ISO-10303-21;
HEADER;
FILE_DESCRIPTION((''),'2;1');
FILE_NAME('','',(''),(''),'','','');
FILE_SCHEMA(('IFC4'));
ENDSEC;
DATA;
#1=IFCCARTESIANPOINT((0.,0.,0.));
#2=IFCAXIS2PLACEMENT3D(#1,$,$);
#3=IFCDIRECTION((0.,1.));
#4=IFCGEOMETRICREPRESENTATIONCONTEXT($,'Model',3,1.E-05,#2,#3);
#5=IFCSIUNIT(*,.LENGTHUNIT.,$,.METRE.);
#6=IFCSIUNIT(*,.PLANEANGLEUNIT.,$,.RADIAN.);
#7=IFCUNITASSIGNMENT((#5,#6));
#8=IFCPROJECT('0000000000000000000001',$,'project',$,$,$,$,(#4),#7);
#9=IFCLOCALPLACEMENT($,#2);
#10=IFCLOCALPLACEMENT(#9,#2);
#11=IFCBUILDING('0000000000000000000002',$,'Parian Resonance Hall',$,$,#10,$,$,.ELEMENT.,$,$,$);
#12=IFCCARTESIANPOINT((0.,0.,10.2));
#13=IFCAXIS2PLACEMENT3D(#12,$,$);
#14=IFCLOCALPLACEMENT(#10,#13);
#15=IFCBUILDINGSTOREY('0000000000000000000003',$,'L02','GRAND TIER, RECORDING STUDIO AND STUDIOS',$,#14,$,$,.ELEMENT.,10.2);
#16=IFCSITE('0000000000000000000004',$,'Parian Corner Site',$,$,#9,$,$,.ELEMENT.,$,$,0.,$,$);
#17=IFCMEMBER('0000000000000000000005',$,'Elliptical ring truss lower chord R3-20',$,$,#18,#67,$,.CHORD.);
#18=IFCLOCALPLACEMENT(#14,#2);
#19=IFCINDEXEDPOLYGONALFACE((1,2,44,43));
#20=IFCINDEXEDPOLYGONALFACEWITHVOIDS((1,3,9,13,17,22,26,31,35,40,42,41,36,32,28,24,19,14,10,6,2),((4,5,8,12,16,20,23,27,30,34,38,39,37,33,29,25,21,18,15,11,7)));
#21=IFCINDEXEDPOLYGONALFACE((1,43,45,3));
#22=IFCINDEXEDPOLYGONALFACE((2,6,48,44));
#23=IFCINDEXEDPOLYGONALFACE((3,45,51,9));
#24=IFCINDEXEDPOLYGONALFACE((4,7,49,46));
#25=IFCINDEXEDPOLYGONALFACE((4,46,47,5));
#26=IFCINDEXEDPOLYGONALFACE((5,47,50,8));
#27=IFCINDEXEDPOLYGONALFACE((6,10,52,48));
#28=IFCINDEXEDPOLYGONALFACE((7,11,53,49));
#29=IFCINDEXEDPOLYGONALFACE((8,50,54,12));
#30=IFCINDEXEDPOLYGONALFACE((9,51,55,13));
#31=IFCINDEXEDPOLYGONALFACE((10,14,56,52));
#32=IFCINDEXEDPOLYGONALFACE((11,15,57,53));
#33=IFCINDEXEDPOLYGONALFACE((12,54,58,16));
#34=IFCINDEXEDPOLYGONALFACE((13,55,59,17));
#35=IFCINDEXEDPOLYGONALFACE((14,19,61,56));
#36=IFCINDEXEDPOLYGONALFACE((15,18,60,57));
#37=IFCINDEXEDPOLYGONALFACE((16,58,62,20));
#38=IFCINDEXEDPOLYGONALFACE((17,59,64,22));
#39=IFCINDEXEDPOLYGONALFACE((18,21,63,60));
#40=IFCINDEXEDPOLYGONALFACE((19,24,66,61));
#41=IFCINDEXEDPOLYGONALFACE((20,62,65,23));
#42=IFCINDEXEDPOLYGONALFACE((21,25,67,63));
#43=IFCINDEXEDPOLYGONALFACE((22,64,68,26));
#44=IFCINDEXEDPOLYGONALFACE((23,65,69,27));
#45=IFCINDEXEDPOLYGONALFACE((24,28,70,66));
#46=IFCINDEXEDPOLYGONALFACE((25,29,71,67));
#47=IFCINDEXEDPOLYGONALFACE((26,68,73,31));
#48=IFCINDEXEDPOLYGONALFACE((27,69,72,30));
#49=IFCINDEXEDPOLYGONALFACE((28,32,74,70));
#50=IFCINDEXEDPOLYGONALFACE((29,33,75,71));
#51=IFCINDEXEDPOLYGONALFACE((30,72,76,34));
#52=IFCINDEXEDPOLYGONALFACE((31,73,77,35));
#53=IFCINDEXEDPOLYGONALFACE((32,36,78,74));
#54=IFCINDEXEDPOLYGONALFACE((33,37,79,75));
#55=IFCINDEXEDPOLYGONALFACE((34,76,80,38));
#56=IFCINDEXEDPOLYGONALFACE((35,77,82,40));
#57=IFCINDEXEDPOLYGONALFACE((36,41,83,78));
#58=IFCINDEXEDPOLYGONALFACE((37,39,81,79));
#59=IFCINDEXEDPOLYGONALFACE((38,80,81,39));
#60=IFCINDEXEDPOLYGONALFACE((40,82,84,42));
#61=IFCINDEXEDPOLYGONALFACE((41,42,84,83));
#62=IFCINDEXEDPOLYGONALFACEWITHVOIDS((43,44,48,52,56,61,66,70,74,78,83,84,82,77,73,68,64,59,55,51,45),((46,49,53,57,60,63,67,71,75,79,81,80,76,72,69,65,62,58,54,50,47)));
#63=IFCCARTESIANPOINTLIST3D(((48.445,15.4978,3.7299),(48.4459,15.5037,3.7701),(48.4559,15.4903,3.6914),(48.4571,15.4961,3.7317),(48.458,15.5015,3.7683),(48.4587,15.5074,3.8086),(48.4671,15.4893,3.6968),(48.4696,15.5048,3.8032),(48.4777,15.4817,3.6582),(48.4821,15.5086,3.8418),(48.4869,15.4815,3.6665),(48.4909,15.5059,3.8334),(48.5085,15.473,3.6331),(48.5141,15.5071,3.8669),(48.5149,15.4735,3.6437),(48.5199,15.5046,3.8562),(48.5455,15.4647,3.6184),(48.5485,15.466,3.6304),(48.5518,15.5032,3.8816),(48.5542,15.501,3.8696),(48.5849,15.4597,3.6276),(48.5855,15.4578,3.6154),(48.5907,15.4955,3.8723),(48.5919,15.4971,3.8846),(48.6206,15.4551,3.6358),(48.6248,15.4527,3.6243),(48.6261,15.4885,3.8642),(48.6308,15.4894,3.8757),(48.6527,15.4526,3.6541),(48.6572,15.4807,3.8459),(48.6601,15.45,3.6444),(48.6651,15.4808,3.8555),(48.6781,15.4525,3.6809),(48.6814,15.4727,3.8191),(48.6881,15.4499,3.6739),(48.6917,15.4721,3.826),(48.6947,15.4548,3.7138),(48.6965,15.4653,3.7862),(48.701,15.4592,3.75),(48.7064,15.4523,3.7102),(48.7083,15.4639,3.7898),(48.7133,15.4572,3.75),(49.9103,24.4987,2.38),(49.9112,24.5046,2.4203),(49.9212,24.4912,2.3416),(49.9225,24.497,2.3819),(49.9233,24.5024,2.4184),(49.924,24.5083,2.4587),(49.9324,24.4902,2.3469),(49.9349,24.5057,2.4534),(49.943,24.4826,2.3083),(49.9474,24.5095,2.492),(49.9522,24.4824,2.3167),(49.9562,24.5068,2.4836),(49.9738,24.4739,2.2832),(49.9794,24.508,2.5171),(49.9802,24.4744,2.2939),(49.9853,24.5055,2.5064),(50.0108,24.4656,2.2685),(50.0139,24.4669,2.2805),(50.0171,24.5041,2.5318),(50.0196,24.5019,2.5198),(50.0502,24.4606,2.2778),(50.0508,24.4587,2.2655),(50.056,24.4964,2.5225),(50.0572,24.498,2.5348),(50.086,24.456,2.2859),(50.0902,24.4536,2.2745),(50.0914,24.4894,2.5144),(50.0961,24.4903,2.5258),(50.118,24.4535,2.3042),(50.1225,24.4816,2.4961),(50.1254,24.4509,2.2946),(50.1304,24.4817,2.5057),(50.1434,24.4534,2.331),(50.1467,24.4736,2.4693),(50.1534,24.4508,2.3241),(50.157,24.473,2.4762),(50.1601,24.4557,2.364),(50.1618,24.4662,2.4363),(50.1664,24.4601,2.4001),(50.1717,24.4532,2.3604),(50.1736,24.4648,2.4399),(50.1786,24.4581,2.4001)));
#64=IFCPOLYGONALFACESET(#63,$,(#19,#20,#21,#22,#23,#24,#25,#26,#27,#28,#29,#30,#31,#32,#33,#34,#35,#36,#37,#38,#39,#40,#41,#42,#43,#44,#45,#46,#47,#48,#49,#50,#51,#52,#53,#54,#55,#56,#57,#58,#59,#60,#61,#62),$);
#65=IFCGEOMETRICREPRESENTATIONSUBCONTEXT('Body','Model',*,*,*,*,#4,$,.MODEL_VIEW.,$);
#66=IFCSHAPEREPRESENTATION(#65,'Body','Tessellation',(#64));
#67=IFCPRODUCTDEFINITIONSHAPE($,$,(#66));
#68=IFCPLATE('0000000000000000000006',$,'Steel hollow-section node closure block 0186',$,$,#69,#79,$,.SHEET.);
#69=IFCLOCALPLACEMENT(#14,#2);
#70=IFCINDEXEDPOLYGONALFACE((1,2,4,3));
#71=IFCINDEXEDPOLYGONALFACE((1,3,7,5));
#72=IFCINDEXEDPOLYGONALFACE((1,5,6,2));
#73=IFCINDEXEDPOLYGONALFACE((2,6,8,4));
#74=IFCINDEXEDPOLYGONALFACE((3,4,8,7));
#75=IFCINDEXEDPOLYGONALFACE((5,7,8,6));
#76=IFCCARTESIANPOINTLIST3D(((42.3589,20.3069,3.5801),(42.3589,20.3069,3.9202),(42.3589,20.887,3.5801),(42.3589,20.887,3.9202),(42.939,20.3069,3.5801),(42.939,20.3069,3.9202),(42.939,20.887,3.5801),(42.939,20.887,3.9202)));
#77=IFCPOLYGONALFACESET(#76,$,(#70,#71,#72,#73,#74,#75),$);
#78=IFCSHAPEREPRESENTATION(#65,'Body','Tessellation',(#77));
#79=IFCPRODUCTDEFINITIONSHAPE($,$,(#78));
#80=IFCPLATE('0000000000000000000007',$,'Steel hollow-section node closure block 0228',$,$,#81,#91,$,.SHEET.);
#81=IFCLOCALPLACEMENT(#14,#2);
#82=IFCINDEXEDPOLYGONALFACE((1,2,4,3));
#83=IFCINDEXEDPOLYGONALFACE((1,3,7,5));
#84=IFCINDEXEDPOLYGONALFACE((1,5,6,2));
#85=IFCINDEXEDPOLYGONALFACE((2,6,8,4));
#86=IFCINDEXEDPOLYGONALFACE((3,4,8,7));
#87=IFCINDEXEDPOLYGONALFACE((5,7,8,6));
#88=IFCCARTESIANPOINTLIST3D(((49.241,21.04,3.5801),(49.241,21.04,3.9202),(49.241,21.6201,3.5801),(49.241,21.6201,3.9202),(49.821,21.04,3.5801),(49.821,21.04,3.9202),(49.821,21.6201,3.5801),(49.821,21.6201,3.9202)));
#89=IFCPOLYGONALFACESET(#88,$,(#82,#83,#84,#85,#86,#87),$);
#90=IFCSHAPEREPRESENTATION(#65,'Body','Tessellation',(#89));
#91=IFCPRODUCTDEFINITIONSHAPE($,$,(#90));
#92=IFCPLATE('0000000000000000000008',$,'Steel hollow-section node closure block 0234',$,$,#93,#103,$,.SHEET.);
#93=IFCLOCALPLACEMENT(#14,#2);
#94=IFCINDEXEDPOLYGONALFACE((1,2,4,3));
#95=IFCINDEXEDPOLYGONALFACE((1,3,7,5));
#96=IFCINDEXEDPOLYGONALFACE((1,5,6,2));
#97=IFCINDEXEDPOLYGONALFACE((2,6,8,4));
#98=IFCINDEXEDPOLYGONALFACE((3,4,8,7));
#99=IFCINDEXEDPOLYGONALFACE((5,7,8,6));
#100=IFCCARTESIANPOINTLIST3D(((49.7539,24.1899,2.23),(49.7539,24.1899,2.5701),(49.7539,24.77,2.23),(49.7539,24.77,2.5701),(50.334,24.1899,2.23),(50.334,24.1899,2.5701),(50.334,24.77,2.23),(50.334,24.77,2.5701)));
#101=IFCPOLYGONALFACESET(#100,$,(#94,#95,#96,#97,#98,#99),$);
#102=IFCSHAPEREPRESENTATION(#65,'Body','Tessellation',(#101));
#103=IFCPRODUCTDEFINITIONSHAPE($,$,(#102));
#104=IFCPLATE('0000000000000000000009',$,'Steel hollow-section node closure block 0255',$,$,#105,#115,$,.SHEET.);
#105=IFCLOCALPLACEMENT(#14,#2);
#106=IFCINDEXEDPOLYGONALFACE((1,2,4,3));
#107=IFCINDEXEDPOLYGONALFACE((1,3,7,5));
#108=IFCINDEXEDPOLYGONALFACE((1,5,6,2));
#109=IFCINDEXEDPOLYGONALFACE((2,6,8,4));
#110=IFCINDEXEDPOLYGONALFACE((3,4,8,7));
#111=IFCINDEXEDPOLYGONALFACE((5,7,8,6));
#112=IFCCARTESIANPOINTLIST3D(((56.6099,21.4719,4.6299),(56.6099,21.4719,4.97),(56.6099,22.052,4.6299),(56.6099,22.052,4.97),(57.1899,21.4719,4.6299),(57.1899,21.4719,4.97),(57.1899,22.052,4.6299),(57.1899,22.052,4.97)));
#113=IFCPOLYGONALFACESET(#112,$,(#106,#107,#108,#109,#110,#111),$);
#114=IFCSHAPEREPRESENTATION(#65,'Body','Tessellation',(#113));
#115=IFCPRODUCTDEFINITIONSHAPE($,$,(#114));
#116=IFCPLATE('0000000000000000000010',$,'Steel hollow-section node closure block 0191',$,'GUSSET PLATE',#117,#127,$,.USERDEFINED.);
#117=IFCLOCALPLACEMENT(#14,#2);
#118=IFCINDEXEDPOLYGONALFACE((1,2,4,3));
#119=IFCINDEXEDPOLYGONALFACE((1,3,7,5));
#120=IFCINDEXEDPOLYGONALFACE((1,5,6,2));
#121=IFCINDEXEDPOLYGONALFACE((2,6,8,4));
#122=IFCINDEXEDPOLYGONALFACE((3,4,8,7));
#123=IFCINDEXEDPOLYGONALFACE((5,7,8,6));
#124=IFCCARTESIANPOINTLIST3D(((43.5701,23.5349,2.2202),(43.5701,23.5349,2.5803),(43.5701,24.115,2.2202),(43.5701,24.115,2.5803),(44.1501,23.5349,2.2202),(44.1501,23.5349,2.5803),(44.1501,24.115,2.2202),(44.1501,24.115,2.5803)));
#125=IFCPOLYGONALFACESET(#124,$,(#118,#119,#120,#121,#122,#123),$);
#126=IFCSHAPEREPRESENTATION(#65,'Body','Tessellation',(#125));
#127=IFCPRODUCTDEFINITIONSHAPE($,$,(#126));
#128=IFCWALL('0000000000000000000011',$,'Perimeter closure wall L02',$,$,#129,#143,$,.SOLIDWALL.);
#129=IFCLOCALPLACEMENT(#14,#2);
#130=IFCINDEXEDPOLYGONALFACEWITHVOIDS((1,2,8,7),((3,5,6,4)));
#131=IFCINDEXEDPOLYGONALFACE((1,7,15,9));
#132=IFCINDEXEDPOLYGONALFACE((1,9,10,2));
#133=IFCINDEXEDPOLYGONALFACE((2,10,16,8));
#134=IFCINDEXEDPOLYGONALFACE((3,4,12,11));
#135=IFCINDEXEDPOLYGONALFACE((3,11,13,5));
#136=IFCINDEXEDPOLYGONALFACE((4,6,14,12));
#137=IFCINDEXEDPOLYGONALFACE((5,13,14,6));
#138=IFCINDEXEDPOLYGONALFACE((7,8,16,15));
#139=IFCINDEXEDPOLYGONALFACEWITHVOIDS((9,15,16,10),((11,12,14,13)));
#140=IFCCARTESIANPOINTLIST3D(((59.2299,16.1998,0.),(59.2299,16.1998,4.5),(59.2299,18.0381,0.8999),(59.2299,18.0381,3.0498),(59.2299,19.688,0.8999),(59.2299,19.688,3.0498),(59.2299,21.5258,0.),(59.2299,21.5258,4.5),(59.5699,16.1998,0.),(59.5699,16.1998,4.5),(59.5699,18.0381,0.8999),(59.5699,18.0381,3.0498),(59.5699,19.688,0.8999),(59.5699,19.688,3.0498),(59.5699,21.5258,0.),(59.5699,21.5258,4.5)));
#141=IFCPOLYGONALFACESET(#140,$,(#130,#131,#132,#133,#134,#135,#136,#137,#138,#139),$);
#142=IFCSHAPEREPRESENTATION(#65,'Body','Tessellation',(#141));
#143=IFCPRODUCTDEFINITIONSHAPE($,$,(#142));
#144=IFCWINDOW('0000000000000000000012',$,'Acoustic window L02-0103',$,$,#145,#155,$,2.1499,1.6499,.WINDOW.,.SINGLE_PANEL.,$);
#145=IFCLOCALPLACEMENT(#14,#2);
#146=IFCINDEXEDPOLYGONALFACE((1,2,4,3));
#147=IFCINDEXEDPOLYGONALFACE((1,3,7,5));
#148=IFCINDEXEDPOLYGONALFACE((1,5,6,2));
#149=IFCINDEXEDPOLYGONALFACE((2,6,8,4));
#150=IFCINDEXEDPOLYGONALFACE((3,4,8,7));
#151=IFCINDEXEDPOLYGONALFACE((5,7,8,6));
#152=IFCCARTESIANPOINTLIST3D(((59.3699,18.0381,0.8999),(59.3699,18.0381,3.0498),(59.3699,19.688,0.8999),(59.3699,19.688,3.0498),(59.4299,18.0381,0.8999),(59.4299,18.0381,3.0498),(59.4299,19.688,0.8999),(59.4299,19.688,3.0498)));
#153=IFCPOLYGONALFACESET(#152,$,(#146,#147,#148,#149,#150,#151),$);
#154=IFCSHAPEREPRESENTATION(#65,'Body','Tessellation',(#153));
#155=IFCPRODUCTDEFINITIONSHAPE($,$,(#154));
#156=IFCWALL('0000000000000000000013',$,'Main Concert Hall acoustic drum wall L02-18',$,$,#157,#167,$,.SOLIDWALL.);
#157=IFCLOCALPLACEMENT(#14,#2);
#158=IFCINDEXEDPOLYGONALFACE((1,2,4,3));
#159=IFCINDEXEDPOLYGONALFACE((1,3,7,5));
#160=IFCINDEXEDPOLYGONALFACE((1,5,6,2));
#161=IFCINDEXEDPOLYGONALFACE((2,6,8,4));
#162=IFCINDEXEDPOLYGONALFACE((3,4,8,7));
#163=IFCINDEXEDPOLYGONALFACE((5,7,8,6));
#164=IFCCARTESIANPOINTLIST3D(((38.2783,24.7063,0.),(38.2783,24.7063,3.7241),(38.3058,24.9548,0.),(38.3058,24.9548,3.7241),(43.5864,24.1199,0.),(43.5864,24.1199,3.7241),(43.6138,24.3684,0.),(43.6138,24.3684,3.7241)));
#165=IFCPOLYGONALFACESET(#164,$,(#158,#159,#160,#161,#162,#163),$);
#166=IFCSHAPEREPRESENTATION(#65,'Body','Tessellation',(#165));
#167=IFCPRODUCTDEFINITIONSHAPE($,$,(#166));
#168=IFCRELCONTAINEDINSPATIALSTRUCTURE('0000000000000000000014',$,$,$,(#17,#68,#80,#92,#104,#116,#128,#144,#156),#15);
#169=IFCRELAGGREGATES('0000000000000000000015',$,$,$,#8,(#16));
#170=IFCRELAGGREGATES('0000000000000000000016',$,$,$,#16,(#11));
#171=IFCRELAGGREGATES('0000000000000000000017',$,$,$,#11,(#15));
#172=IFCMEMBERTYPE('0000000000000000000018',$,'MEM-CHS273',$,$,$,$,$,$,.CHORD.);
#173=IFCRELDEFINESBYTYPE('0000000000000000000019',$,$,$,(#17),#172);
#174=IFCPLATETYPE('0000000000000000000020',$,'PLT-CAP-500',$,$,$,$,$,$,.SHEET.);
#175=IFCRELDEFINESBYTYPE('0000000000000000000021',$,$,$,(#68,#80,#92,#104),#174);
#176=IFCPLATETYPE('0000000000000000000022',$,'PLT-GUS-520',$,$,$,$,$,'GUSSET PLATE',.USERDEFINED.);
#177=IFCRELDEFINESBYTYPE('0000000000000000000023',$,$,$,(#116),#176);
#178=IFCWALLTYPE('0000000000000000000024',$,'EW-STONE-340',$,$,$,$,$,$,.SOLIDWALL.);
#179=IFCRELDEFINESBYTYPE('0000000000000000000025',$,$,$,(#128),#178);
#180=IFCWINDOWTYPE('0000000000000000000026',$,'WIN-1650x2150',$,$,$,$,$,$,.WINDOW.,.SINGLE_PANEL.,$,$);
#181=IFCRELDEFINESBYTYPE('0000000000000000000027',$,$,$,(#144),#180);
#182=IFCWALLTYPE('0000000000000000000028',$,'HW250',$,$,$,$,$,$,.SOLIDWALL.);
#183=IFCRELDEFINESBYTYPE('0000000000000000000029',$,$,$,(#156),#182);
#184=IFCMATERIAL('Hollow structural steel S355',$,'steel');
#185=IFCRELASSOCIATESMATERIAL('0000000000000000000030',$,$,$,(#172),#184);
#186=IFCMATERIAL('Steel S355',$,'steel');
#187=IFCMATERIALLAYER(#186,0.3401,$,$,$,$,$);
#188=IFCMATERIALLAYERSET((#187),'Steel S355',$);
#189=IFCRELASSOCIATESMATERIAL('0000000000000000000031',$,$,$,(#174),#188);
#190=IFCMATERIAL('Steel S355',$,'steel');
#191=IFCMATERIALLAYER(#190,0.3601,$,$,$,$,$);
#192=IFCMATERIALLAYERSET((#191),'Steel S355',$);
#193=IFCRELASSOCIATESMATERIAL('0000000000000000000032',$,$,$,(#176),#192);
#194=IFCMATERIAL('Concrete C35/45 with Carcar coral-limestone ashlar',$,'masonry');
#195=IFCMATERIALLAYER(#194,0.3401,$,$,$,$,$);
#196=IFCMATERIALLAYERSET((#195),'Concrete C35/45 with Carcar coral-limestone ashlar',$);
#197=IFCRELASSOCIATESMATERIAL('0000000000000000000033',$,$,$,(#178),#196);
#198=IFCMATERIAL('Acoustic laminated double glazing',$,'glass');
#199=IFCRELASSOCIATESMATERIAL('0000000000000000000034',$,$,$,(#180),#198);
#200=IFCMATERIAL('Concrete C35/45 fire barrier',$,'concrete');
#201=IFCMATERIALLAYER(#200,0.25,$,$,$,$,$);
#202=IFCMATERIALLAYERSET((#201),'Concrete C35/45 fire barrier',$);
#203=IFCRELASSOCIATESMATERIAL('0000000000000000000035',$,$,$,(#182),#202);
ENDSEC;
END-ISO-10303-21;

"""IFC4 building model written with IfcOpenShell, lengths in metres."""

from ifc_helpers import new_model, si_unit, direction, frame, frame_2d, origin, origin_2d, place, context, subcontext, project, spatial, rectangle, hollow_circle, extrude, material, layer, layer_set, material_profile, profile_set, type_object, element, fill, save


model = new_model("IFC4")

# Units and contexts
model_context = context("Model", 3, precision=1e-05, world=origin(), true_north=direction((0.0, 1.0)))
body_context = subcontext(model_context, "Body", "Model", "MODEL_VIEW")
ifc_project = project(units=[si_unit("LENGTHUNIT", "METRE"), si_unit("PLANEANGLEUNIT", "RADIAN")], contexts=[model_context])

# Site, building, storey
site_placement = place(None, origin())
site = spatial("IfcSite", under=ifc_project, at=site_placement, Name="Parian Corner Site", CompositionType="ELEMENT", RefElevation=0.0)
building_placement = place(site_placement, origin())
building = spatial("IfcBuilding", under=site, at=building_placement, Name="Parian Resonance Hall", CompositionType="ELEMENT")
storey_placement = place(building_placement, frame((0.0, 0.0, 10.2)))
storey = spatial("IfcBuildingStorey", under=building, at=storey_placement, Name="L02", Description="GRAND TIER, RECORDING STUDIO AND STUDIOS", CompositionType="ELEMENT", Elevation=10.2)

# Member
ifc_material_1 = material(Name="Hollow structural steel S355", Category="steel")
ifc_material_profile_1 = material_profile(ifc_material_1, hollow_circle(Radius=0.1365, WallThickness=0.0125, at=origin_2d()), Name="CHS273x12.5")
ifc_profile_set_1 = profile_set([ifc_material_profile_1], Name="Hollow structural steel S355")
member_type_1 = type_object("IfcMemberType", Name="MEM-CHS273", PredefinedType="CHORD", material=ifc_profile_set_1)
member_1_placement = place(storey_placement, frame((50.0439, 24.48, 2.4001), z_axis=(-0.15895, -0.976368, 0.146423), x_axis=(0.987006, -0.160682, 0.0)))
element("IfcMember", 1, at=member_1_placement, inside=storey, type_object=member_type_1, Name="Elliptical ring truss lower chord R3-20", PredefinedType="CHORD", context=body_context, shape_type="SweptSolid", body=[
    extrude(hollow_circle(Radius=0.1365, WallThickness=0.0125, at=origin_2d()), origin(), (0.0, 0.0, 1.0), 9.2188),
])

# Plates
ifc_material_2 = material(Name="Steel S355", Category="steel")
ifc_layer_1 = layer(ifc_material_2, 0.3401)
ifc_layer_set_1 = layer_set([ifc_layer_1], Name="Steel S355")
plate_type_1 = type_object("IfcPlateType", Name="PLT-CAP-500", PredefinedType="SHEET", material=ifc_layer_set_1)
for number, where, z_axis, x_axis, name in (
    (2, (42.6489, 20.5969, 3.5801), (0.0, 0.0, 1.0), (1.0, 0.0, 0.0), "Steel hollow-section node closure block 0186"),
    (3, (49.531, 21.3301, 3.5801), (0.0, 0.0, 1.0), (1.0, 0.0, 0.0), "Steel hollow-section node closure block 0228"),
    (4, (50.0439, 24.48, 2.23), (0.0, 0.0, 1.0), (1.0, 0.0, 0.0), "Steel hollow-section node closure block 0234"),
    (5, (56.8999, 21.762, 4.6299), (0.0, 0.0, 1.0), (1.0, 0.0, 0.0), "Steel hollow-section node closure block 0255"),
):
    element("IfcPlate", number, at=place(storey_placement, frame(where, z_axis=z_axis, x_axis=x_axis)), inside=storey, type_object=plate_type_1, Name=name, PredefinedType="SHEET", context=body_context, shape_type="SweptSolid", body=[
        extrude(rectangle(XDim=0.5801, YDim=0.5801, at=origin_2d()), origin(), (0.0, 0.0, 1.0), 0.3401),
    ])
ifc_material_3 = material(Name="Steel S355", Category="steel")
ifc_layer_2 = layer(ifc_material_3, 0.3601)
ifc_layer_set_2 = layer_set([ifc_layer_2], Name="Steel S355")
plate_type_2 = type_object("IfcPlateType", Name="PLT-GUS-520", ElementType="GUSSET PLATE", PredefinedType="USERDEFINED", material=ifc_layer_set_2)
plate_placement = place(storey_placement, frame((43.8601, 23.825, 2.2202), z_axis=(0.0, 0.0, 1.0), x_axis=(1.0, 0.0, 0.0)))
element("IfcPlate", 6, at=plate_placement, inside=storey, type_object=plate_type_2, Name="Steel hollow-section node closure block 0191", ObjectType="GUSSET PLATE", PredefinedType="USERDEFINED", context=body_context, shape_type="SweptSolid", body=[
    extrude(rectangle(XDim=0.5801, YDim=0.5801, at=origin_2d()), origin(), (0.0, 0.0, 1.0), 0.3601),
])

# Wall, opening, window
ifc_material_4 = material(Name="Concrete C35/45 with Carcar coral-limestone ashlar", Category="masonry")
ifc_layer_3 = layer(ifc_material_4, 0.3401)
ifc_layer_set_3 = layer_set([ifc_layer_3], Name="Concrete C35/45 with Carcar coral-limestone ashlar")
wall_type_1 = type_object("IfcWallType", Name="EW-STONE-340", PredefinedType="SOLIDWALL", material=ifc_layer_set_3)
wall_1_placement = place(storey_placement, frame((59.3999, 21.5259, 0.0), z_axis=(0.0, 0.0, 1.0), x_axis=(0.0, -1.0, 0.0)))
wall_1 = element("IfcWall", 7, at=wall_1_placement, inside=storey, type_object=wall_type_1, Name="Perimeter closure wall L02", PredefinedType="SOLIDWALL", context=body_context, shape_type="SweptSolid", body=[
    extrude(rectangle(XDim=5.3259, YDim=0.3401, at=frame_2d((2.6631, 0.0))), origin(), (0.0, 0.0, 1.0), 4.5),
])
opening_1_placement = place(wall_1_placement, frame((1.8379, 0.0, 0.8999)))
opening_1 = element("IfcOpeningElement", 8, at=opening_1_placement, cuts=wall_1, PredefinedType="OPENING", context=body_context, shape_type="SweptSolid", body=[
    extrude(rectangle(XDim=1.6499, YDim=2.1499, at=frame_2d((0.825, 1.075))), frame((0.0, 0.1799, 0.0), z_axis=(0.0, -1.0, 0.0), x_axis=(1.0, 0.0, 0.0)), (0.0, 0.0, 1.0), 0.3601),
])
ifc_material_5 = material(Name="Acoustic laminated double glazing", Category="glass")
window_type = type_object("IfcWindowType", Name="WIN-1650x2150", PartitioningType="SINGLE_PANEL", PredefinedType="WINDOW", material=ifc_material_5)
window_placement = place(opening_1_placement, origin())
window = element("IfcWindow", 9, at=window_placement, inside=storey, type_object=window_type, Name="Acoustic window L02-0103", OverallHeight=2.1499, OverallWidth=1.6499, PartitioningType="SINGLE_PANEL", PredefinedType="WINDOW", context=body_context, shape_type="SweptSolid", body=[
    extrude(rectangle(XDim=1.6499, YDim=2.1499, at=frame_2d((0.825, 1.075))), frame((0.0, 0.03, 0.0), z_axis=(0.0, -1.0, 0.0), x_axis=(1.0, 0.0, 0.0)), (0.0, 0.0, 1.0), 0.0601),
])
fill(opening_1, window)

# Wall
ifc_material_6 = material(Name="Concrete C35/45 fire barrier", Category="concrete")
ifc_layer_4 = layer(ifc_material_6, 0.25)
ifc_layer_set_4 = layer_set([ifc_layer_4], Name="Concrete C35/45 fire barrier")
wall_type_2 = type_object("IfcWallType", Name="HW250", PredefinedType="SOLIDWALL", material=ifc_layer_set_4)
wall_2_placement = place(storey_placement, frame((43.6001, 24.2441, 0.0), z_axis=(0.0, 0.0, 1.0), x_axis=(-0.993953, 0.109809, 0.0)))
element("IfcWall", 10, at=wall_2_placement, inside=storey, type_object=wall_type_2, Name="Main Concert Hall acoustic drum wall L02-18", PredefinedType="SOLIDWALL", context=body_context, shape_type="SweptSolid", body=[
    extrude(rectangle(XDim=5.3403, YDim=0.25, at=frame_2d((2.6702, 0.0))), origin(), (0.0, 0.0, 1.0), 3.7241),
])

save(model, "model.ifc")
